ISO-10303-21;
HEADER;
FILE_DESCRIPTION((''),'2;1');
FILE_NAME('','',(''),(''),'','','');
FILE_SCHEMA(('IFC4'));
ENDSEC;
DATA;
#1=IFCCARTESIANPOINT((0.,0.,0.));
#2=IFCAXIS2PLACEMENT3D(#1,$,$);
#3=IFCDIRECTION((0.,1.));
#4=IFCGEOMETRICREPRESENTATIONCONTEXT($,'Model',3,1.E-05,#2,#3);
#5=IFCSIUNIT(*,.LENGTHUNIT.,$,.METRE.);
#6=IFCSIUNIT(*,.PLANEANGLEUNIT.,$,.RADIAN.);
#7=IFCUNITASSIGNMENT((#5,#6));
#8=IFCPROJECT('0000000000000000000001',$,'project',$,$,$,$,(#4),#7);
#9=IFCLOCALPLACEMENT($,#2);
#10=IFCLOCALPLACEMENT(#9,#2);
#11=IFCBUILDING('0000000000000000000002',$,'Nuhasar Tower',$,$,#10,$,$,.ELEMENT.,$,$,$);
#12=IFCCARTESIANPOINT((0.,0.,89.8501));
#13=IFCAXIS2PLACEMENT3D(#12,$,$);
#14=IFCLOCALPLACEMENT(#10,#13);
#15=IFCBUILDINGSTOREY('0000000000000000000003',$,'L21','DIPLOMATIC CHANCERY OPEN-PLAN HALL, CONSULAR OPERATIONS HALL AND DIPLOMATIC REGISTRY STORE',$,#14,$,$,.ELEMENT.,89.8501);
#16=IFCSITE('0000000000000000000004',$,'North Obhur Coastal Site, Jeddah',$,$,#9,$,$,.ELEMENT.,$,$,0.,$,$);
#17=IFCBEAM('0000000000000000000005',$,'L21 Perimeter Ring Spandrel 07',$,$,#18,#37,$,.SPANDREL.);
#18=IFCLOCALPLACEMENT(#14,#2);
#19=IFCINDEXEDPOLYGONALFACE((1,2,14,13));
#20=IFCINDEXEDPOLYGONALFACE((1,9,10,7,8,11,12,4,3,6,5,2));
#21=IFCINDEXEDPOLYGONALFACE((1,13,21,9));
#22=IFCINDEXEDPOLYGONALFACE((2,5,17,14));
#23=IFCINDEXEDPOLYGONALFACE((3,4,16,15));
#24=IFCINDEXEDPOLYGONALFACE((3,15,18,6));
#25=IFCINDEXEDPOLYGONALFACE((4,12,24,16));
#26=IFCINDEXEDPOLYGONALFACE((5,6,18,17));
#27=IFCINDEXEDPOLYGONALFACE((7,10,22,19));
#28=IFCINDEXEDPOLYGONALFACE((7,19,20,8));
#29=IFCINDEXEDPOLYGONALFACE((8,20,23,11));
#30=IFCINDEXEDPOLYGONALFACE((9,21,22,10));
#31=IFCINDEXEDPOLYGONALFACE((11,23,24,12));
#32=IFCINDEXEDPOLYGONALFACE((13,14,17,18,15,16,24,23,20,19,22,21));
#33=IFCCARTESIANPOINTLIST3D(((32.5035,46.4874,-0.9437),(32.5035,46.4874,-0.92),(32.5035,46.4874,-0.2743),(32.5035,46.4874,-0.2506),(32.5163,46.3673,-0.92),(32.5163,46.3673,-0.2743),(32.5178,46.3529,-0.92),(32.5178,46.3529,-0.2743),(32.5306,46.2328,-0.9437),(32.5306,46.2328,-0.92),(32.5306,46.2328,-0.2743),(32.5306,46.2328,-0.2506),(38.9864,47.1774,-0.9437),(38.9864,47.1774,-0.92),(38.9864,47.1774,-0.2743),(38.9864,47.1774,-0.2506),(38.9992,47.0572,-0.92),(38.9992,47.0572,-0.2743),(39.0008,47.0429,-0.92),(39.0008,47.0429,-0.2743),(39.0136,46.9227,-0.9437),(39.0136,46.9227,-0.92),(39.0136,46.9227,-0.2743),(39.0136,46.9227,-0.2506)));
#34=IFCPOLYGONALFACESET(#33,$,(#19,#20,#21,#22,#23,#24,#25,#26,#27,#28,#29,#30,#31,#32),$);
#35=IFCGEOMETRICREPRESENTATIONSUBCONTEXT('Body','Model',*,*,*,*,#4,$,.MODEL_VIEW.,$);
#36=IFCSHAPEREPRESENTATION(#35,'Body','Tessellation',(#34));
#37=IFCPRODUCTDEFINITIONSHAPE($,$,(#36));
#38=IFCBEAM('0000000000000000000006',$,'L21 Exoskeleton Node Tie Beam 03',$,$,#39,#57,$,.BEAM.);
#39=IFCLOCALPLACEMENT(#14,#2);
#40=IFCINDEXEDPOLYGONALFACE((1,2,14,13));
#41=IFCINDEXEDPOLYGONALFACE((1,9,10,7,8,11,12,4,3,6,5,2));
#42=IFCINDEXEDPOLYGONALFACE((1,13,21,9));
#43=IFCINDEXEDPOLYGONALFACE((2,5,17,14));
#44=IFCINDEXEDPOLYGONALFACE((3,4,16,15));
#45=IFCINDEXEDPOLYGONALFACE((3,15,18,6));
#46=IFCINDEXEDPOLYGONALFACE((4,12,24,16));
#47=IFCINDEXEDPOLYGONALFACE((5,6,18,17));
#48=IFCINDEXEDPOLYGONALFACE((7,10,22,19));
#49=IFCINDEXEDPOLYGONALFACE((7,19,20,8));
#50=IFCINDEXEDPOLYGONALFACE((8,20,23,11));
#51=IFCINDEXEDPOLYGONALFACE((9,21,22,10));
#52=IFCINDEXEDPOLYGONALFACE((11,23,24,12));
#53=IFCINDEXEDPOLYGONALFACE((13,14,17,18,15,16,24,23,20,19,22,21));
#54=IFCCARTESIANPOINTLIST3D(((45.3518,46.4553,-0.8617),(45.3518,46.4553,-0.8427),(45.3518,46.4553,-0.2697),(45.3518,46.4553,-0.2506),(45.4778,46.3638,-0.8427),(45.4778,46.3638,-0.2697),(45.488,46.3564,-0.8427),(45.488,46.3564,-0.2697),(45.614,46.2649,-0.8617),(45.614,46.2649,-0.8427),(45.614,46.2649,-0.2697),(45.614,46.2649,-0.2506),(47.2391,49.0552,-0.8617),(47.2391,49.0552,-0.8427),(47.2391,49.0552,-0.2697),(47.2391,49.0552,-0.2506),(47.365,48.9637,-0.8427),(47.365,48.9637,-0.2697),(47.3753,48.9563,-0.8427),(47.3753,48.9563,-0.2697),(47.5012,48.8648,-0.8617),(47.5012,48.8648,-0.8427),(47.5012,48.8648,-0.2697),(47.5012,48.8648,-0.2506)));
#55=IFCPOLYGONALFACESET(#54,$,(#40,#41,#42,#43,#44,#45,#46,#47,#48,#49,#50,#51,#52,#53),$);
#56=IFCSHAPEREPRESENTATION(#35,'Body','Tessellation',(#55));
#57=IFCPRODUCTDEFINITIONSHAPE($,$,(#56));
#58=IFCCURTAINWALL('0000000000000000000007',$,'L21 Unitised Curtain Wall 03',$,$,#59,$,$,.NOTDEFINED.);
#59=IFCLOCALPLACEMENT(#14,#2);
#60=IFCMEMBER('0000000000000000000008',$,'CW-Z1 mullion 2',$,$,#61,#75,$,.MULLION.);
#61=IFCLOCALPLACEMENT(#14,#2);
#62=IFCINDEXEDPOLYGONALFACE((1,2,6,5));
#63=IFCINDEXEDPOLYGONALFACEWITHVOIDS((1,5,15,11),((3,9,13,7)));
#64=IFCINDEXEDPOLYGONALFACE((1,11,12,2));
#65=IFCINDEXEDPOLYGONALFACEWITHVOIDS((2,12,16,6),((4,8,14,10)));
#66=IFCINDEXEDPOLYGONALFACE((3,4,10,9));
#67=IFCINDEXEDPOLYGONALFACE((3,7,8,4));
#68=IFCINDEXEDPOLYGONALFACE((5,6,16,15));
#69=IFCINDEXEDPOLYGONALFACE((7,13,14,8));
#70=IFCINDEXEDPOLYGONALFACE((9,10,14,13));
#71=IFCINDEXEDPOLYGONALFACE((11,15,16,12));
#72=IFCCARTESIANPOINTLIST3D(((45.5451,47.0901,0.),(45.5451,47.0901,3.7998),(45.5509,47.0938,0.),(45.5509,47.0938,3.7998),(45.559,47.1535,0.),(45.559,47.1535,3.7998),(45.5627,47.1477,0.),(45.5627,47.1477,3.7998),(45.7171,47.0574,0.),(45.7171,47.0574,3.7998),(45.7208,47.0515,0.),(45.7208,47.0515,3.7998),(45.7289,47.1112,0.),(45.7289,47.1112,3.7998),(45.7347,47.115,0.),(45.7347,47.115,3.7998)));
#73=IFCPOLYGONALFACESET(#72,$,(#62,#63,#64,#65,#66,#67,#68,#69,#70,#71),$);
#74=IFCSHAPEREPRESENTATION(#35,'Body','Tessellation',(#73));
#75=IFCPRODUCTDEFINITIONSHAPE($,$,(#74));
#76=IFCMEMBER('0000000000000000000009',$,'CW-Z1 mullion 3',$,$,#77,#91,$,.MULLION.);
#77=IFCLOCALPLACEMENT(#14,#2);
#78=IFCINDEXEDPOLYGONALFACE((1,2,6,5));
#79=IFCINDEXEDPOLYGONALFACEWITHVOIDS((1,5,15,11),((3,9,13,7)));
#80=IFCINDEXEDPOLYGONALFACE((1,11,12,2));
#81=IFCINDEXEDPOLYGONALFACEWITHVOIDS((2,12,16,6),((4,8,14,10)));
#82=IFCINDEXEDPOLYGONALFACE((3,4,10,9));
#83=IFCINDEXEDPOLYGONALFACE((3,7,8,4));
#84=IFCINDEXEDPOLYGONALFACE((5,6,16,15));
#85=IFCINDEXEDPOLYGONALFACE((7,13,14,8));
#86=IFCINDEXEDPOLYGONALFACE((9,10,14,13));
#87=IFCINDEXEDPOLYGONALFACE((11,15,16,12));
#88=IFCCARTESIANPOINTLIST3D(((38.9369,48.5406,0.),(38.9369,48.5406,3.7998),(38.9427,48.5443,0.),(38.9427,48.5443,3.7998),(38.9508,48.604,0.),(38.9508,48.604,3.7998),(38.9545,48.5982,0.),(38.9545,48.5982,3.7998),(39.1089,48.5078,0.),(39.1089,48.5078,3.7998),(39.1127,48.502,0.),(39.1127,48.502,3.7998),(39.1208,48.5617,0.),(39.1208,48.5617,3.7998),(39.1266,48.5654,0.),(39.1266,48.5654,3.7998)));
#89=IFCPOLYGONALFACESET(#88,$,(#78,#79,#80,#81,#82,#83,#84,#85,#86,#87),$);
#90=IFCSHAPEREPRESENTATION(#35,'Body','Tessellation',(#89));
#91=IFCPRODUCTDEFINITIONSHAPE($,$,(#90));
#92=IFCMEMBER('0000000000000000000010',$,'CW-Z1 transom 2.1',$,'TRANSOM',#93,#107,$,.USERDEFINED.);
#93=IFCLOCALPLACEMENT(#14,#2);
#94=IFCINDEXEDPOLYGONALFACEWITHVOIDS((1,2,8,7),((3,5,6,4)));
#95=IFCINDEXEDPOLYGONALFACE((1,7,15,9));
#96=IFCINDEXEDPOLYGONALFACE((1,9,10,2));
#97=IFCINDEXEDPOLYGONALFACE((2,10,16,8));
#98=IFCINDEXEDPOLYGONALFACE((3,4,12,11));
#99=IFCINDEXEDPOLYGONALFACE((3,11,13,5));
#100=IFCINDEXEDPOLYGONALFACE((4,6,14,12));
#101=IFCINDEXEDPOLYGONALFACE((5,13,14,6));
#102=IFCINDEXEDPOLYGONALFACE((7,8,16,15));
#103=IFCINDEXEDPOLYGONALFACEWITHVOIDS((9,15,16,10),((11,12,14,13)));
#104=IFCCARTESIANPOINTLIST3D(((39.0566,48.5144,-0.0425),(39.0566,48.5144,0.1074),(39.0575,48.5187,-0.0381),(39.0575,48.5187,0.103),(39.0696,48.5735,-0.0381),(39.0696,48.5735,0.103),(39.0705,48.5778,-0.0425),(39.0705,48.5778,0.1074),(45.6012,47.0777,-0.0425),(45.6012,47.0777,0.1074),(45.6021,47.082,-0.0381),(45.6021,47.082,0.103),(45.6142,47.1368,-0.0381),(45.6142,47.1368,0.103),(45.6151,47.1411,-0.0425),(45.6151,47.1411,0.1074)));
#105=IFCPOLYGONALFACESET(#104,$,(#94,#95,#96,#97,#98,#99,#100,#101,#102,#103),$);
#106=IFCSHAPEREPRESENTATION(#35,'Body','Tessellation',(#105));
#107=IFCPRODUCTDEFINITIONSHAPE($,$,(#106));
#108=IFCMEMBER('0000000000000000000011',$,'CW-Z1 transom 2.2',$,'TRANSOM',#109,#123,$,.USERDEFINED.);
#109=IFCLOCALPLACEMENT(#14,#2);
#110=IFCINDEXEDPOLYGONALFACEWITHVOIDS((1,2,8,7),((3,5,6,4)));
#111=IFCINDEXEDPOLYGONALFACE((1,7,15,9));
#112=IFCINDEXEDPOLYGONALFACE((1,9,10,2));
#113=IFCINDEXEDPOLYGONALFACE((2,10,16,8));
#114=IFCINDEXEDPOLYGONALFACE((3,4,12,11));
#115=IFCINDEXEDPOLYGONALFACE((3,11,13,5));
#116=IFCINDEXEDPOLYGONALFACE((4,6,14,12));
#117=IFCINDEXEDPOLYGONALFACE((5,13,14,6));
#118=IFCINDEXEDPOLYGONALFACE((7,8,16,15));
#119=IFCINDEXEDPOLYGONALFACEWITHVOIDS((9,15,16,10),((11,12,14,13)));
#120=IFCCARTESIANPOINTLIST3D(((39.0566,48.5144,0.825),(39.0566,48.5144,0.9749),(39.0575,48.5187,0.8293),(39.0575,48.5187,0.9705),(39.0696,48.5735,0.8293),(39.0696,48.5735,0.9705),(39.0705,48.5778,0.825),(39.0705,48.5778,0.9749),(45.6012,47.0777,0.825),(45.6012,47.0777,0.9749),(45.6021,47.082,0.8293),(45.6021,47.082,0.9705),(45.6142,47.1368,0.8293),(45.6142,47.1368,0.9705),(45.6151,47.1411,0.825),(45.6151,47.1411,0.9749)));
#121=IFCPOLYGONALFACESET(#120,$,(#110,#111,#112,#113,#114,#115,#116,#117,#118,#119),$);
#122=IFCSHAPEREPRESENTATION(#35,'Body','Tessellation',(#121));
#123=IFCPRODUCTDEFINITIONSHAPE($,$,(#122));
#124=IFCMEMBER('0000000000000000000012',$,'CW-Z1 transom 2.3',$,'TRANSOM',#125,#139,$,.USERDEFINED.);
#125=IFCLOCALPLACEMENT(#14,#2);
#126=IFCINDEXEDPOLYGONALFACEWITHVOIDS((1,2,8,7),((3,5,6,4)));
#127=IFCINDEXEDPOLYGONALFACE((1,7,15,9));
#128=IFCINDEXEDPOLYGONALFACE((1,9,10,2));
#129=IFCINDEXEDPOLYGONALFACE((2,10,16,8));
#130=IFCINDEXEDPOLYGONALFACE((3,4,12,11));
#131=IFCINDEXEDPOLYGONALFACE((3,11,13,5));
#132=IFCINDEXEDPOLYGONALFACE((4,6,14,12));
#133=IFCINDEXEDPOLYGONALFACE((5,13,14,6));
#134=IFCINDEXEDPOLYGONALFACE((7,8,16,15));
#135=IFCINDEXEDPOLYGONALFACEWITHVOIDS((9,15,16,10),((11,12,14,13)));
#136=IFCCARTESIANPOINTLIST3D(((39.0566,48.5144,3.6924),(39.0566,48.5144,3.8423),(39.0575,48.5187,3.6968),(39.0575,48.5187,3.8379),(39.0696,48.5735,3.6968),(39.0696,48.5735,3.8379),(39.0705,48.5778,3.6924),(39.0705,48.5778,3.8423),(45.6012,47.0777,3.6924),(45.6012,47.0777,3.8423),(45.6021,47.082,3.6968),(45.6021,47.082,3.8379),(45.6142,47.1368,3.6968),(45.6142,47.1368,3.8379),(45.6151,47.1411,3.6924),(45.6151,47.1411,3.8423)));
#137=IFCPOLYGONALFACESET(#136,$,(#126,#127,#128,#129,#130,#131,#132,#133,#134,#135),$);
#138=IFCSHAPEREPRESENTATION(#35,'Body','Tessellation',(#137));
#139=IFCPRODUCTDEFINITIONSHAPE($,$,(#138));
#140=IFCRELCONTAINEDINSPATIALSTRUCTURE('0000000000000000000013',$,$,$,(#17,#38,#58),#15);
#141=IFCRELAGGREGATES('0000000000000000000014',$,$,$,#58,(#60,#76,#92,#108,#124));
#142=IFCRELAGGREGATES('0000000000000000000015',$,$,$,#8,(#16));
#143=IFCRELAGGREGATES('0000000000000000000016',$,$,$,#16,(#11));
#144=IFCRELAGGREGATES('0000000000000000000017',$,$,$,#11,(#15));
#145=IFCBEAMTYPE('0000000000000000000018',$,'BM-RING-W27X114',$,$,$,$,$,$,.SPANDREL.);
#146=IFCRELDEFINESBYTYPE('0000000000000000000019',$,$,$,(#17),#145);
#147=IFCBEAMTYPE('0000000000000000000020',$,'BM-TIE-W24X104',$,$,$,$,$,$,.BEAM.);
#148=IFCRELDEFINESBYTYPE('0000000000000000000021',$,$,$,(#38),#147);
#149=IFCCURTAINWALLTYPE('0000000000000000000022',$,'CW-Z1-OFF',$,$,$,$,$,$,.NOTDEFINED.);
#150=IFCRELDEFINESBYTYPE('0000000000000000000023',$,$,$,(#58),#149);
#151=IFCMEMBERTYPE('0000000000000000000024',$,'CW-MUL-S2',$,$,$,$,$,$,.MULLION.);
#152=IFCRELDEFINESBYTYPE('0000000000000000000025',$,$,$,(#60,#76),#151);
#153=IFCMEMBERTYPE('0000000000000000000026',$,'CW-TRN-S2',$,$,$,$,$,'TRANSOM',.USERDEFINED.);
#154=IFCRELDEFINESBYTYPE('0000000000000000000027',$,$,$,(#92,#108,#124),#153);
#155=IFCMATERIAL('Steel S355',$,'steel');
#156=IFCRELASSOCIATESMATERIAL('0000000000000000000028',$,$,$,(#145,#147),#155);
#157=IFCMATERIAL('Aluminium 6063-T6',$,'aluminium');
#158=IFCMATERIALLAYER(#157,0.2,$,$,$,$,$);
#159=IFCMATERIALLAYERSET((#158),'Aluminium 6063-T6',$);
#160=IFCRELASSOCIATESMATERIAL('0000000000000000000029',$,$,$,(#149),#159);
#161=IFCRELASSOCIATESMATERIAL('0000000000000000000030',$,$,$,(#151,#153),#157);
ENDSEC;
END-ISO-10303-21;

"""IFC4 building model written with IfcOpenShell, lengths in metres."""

from ifc_helpers import new_model, si_unit, direction, frame, origin, origin_2d, place, context, subcontext, project, spatial, hollow_rectangle, i_section, extrude, material, layer, layer_set, material_profile, profile_set, type_object, element, aggregate, save


model = new_model("IFC4")

# Units and contexts
model_context = context("Model", 3, precision=1e-05, world=origin(), true_north=direction((0.0, 1.0)))
body_context = subcontext(model_context, "Body", "Model", "MODEL_VIEW")
ifc_project = project(units=[si_unit("LENGTHUNIT", "METRE"), si_unit("PLANEANGLEUNIT", "RADIAN")], contexts=[model_context])

# Site, building, storey
site_placement = place(None, origin())
site = spatial("IfcSite", under=ifc_project, at=site_placement, Name="North Obhur Coastal Site, Jeddah", CompositionType="ELEMENT", RefElevation=0.0)
building_placement = place(site_placement, origin())
building = spatial("IfcBuilding", under=site, at=building_placement, Name="Nuhasar Tower", CompositionType="ELEMENT")
storey_placement = place(building_placement, frame((0.0, 0.0, 89.8501)))
storey = spatial("IfcBuildingStorey", under=building, at=storey_placement, Name="L21", Description="DIPLOMATIC CHANCERY OPEN-PLAN HALL, CONSULAR OPERATIONS HALL AND DIPLOMATIC REGISTRY STORE", CompositionType="ELEMENT", Elevation=89.8501)

# Beams
ifc_material_1 = material(Name="Steel S355", Category="steel")
ifc_material_profile_1 = material_profile(ifc_material_1, i_section(OverallWidth=0.2561, OverallDepth=0.6931, WebThickness=0.0144, FlangeThickness=0.0237, at=origin_2d()), Name="W27X114")
ifc_profile_set_1 = profile_set([ifc_material_profile_1], Name="Steel S355")
beam_type_1 = type_object("IfcBeamType", Name="BM-RING-W27X114", PredefinedType="SPANDREL", material=ifc_profile_set_1)
for number, where, z_axis, x_axis, name in (
    (1, (39.0, 47.05, -0.5972), (-0.994385, -0.105827, 0.0), (0.105827, -0.994385, 0.0), "L21 Perimeter Ring Spandrel 07"),
):
    element("IfcBeam", number, at=place(storey_placement, frame(where, z_axis=z_axis, x_axis=x_axis)), inside=storey, type_object=beam_type_1, Name=name, PredefinedType="SPANDREL", context=body_context, shape_type="SweptSolid", body=[
        extrude(i_section(OverallWidth=0.2561, OverallDepth=0.6931, WebThickness=0.0144, FlangeThickness=0.0237, at=origin_2d()), origin(), (0.0, 0.0, 1.0), 6.5195),
    ])
ifc_material_profile_2 = material_profile(ifc_material_1, i_section(OverallWidth=0.324, OverallDepth=0.6111, WebThickness=0.0127, FlangeThickness=0.019, at=origin_2d()), Name="W24X104")
ifc_profile_set_2 = profile_set([ifc_material_profile_2], Name="Steel S355")
beam_type_2 = type_object("IfcBeamType", Name="BM-TIE-W24X104", PredefinedType="BEAM", material=ifc_profile_set_2)
beam_1_placement = place(storey_placement, frame((45.4829, 46.3601, -0.5562), z_axis=(0.587439, 0.809268, 0.0), x_axis=(-0.809268, 0.587439, 0.0)))
element("IfcBeam", 2, at=beam_1_placement, inside=storey, type_object=beam_type_2, Name="L21 Exoskeleton Node Tie Beam 03", PredefinedType="BEAM", context=body_context, shape_type="SweptSolid", body=[
    extrude(i_section(OverallWidth=0.324, OverallDepth=0.6111, WebThickness=0.0127, FlangeThickness=0.019, at=origin_2d()), origin(), (0.0, 0.0, 1.0), 3.2126),
])

# Curtain wall, members
ifc_material_2 = material(Name="Aluminium 6063-T6", Category="aluminium")
ifc_layer_1 = layer(ifc_material_2, 0.2)
ifc_layer_set_1 = layer_set([ifc_layer_1], Name="Aluminium 6063-T6")
curtain_wall_type = type_object("IfcCurtainWallType", Name="CW-Z1-OFF", PredefinedType="NOTDEFINED", material=ifc_layer_set_1)
curtain_wall_placement = place(storey_placement, origin())
curtain_wall = element("IfcCurtainWall", 3, at=curtain_wall_placement, inside=storey, type_object=curtain_wall_type, Name="L21 Unitised Curtain Wall 03", PredefinedType="NOTDEFINED")
ifc_material_profile_3 = material_profile(ifc_material_2, hollow_rectangle(XDim=0.0649, YDim=0.1799, WallThickness=0.0049, at=origin_2d()), Name="CWM-2")
ifc_profile_set_3 = profile_set([ifc_material_profile_3], Name="Aluminium 6063-T6")
member_type_1 = type_object("IfcMemberType", Name="CW-MUL-S2", PredefinedType="MULLION", material=ifc_profile_set_3)
member_1_placement = place(storey_placement, frame((45.6399, 47.1025, 0.0), z_axis=(0.0, 0.0, 1.0), x_axis=(-0.214399, -0.976746, 0.0)))
member_1 = element("IfcMember", 4, at=member_1_placement, type_object=member_type_1, Name="CW-Z1 mullion 2", PredefinedType="MULLION", context=body_context, shape_type="SweptSolid", body=[
    extrude(hollow_rectangle(XDim=0.0649, YDim=0.1799, WallThickness=0.0049, at=origin_2d()), origin(), (0.0, 0.0, 1.0), 3.7998),
])
member_2_placement = place(storey_placement, frame((39.0317, 48.553, 0.0), z_axis=(0.0, 0.0, 1.0), x_axis=(-0.214399, -0.976746, 0.0)))
member_2 = element("IfcMember", 5, at=member_2_placement, type_object=member_type_1, Name="CW-Z1 mullion 3", PredefinedType="MULLION", context=body_context, shape_type="SweptSolid", body=[
    extrude(hollow_rectangle(XDim=0.0649, YDim=0.1799, WallThickness=0.0049, at=origin_2d()), origin(), (0.0, 0.0, 1.0), 3.7998),
])
ifc_material_profile_4 = material_profile(ifc_material_2, hollow_rectangle(XDim=0.0649, YDim=0.1499, WallThickness=0.0044, at=origin_2d()), Name="CWT-2")
ifc_profile_set_4 = profile_set([ifc_material_profile_4], Name="Aluminium 6063-T6")
member_type_2 = type_object("IfcMemberType", Name="CW-TRN-S2", ElementType="TRANSOM", PredefinedType="USERDEFINED", material=ifc_profile_set_4)
member_3_placement = place(storey_placement, frame((45.6082, 47.1094, 0.0325), z_axis=(-0.97674, 0.214426, 0.0), x_axis=(-0.214426, -0.97674, 0.0)))
member_3 = element("IfcMember", 6, at=member_3_placement, type_object=member_type_2, Name="CW-Z1 transom 2.1", ObjectType="TRANSOM", PredefinedType="USERDEFINED", context=body_context, shape_type="SweptSolid", body=[
    extrude(hollow_rectangle(XDim=0.0649, YDim=0.1499, WallThickness=0.0044, at=origin_2d()), origin(), (0.0, 0.0, 1.0), 6.7004),
])
member_4_placement = place(storey_placement, frame((45.6082, 47.1094, 0.8999), z_axis=(-0.97674, 0.214426, 0.0), x_axis=(-0.214426, -0.97674, 0.0)))
member_4 = element("IfcMember", 7, at=member_4_placement, type_object=member_type_2, Name="CW-Z1 transom 2.2", ObjectType="TRANSOM", PredefinedType="USERDEFINED", context=body_context, shape_type="SweptSolid", body=[
    extrude(hollow_rectangle(XDim=0.0649, YDim=0.1499, WallThickness=0.0044, at=origin_2d()), origin(), (0.0, 0.0, 1.0), 6.7004),
])
member_5_placement = place(storey_placement, frame((45.6082, 47.1094, 3.7673), z_axis=(-0.97674, 0.214426, 0.0), x_axis=(-0.214426, -0.97674, 0.0)))
member_5 = element("IfcMember", 8, at=member_5_placement, type_object=member_type_2, Name="CW-Z1 transom 2.3", ObjectType="TRANSOM", PredefinedType="USERDEFINED", context=body_context, shape_type="SweptSolid", body=[
    extrude(hollow_rectangle(XDim=0.0649, YDim=0.1499, WallThickness=0.0044, at=origin_2d()), origin(), (0.0, 0.0, 1.0), 6.7004),
])

aggregate(curtain_wall, [member_1, member_2, member_3, member_4, member_5])

save(model, "model.ifc")
